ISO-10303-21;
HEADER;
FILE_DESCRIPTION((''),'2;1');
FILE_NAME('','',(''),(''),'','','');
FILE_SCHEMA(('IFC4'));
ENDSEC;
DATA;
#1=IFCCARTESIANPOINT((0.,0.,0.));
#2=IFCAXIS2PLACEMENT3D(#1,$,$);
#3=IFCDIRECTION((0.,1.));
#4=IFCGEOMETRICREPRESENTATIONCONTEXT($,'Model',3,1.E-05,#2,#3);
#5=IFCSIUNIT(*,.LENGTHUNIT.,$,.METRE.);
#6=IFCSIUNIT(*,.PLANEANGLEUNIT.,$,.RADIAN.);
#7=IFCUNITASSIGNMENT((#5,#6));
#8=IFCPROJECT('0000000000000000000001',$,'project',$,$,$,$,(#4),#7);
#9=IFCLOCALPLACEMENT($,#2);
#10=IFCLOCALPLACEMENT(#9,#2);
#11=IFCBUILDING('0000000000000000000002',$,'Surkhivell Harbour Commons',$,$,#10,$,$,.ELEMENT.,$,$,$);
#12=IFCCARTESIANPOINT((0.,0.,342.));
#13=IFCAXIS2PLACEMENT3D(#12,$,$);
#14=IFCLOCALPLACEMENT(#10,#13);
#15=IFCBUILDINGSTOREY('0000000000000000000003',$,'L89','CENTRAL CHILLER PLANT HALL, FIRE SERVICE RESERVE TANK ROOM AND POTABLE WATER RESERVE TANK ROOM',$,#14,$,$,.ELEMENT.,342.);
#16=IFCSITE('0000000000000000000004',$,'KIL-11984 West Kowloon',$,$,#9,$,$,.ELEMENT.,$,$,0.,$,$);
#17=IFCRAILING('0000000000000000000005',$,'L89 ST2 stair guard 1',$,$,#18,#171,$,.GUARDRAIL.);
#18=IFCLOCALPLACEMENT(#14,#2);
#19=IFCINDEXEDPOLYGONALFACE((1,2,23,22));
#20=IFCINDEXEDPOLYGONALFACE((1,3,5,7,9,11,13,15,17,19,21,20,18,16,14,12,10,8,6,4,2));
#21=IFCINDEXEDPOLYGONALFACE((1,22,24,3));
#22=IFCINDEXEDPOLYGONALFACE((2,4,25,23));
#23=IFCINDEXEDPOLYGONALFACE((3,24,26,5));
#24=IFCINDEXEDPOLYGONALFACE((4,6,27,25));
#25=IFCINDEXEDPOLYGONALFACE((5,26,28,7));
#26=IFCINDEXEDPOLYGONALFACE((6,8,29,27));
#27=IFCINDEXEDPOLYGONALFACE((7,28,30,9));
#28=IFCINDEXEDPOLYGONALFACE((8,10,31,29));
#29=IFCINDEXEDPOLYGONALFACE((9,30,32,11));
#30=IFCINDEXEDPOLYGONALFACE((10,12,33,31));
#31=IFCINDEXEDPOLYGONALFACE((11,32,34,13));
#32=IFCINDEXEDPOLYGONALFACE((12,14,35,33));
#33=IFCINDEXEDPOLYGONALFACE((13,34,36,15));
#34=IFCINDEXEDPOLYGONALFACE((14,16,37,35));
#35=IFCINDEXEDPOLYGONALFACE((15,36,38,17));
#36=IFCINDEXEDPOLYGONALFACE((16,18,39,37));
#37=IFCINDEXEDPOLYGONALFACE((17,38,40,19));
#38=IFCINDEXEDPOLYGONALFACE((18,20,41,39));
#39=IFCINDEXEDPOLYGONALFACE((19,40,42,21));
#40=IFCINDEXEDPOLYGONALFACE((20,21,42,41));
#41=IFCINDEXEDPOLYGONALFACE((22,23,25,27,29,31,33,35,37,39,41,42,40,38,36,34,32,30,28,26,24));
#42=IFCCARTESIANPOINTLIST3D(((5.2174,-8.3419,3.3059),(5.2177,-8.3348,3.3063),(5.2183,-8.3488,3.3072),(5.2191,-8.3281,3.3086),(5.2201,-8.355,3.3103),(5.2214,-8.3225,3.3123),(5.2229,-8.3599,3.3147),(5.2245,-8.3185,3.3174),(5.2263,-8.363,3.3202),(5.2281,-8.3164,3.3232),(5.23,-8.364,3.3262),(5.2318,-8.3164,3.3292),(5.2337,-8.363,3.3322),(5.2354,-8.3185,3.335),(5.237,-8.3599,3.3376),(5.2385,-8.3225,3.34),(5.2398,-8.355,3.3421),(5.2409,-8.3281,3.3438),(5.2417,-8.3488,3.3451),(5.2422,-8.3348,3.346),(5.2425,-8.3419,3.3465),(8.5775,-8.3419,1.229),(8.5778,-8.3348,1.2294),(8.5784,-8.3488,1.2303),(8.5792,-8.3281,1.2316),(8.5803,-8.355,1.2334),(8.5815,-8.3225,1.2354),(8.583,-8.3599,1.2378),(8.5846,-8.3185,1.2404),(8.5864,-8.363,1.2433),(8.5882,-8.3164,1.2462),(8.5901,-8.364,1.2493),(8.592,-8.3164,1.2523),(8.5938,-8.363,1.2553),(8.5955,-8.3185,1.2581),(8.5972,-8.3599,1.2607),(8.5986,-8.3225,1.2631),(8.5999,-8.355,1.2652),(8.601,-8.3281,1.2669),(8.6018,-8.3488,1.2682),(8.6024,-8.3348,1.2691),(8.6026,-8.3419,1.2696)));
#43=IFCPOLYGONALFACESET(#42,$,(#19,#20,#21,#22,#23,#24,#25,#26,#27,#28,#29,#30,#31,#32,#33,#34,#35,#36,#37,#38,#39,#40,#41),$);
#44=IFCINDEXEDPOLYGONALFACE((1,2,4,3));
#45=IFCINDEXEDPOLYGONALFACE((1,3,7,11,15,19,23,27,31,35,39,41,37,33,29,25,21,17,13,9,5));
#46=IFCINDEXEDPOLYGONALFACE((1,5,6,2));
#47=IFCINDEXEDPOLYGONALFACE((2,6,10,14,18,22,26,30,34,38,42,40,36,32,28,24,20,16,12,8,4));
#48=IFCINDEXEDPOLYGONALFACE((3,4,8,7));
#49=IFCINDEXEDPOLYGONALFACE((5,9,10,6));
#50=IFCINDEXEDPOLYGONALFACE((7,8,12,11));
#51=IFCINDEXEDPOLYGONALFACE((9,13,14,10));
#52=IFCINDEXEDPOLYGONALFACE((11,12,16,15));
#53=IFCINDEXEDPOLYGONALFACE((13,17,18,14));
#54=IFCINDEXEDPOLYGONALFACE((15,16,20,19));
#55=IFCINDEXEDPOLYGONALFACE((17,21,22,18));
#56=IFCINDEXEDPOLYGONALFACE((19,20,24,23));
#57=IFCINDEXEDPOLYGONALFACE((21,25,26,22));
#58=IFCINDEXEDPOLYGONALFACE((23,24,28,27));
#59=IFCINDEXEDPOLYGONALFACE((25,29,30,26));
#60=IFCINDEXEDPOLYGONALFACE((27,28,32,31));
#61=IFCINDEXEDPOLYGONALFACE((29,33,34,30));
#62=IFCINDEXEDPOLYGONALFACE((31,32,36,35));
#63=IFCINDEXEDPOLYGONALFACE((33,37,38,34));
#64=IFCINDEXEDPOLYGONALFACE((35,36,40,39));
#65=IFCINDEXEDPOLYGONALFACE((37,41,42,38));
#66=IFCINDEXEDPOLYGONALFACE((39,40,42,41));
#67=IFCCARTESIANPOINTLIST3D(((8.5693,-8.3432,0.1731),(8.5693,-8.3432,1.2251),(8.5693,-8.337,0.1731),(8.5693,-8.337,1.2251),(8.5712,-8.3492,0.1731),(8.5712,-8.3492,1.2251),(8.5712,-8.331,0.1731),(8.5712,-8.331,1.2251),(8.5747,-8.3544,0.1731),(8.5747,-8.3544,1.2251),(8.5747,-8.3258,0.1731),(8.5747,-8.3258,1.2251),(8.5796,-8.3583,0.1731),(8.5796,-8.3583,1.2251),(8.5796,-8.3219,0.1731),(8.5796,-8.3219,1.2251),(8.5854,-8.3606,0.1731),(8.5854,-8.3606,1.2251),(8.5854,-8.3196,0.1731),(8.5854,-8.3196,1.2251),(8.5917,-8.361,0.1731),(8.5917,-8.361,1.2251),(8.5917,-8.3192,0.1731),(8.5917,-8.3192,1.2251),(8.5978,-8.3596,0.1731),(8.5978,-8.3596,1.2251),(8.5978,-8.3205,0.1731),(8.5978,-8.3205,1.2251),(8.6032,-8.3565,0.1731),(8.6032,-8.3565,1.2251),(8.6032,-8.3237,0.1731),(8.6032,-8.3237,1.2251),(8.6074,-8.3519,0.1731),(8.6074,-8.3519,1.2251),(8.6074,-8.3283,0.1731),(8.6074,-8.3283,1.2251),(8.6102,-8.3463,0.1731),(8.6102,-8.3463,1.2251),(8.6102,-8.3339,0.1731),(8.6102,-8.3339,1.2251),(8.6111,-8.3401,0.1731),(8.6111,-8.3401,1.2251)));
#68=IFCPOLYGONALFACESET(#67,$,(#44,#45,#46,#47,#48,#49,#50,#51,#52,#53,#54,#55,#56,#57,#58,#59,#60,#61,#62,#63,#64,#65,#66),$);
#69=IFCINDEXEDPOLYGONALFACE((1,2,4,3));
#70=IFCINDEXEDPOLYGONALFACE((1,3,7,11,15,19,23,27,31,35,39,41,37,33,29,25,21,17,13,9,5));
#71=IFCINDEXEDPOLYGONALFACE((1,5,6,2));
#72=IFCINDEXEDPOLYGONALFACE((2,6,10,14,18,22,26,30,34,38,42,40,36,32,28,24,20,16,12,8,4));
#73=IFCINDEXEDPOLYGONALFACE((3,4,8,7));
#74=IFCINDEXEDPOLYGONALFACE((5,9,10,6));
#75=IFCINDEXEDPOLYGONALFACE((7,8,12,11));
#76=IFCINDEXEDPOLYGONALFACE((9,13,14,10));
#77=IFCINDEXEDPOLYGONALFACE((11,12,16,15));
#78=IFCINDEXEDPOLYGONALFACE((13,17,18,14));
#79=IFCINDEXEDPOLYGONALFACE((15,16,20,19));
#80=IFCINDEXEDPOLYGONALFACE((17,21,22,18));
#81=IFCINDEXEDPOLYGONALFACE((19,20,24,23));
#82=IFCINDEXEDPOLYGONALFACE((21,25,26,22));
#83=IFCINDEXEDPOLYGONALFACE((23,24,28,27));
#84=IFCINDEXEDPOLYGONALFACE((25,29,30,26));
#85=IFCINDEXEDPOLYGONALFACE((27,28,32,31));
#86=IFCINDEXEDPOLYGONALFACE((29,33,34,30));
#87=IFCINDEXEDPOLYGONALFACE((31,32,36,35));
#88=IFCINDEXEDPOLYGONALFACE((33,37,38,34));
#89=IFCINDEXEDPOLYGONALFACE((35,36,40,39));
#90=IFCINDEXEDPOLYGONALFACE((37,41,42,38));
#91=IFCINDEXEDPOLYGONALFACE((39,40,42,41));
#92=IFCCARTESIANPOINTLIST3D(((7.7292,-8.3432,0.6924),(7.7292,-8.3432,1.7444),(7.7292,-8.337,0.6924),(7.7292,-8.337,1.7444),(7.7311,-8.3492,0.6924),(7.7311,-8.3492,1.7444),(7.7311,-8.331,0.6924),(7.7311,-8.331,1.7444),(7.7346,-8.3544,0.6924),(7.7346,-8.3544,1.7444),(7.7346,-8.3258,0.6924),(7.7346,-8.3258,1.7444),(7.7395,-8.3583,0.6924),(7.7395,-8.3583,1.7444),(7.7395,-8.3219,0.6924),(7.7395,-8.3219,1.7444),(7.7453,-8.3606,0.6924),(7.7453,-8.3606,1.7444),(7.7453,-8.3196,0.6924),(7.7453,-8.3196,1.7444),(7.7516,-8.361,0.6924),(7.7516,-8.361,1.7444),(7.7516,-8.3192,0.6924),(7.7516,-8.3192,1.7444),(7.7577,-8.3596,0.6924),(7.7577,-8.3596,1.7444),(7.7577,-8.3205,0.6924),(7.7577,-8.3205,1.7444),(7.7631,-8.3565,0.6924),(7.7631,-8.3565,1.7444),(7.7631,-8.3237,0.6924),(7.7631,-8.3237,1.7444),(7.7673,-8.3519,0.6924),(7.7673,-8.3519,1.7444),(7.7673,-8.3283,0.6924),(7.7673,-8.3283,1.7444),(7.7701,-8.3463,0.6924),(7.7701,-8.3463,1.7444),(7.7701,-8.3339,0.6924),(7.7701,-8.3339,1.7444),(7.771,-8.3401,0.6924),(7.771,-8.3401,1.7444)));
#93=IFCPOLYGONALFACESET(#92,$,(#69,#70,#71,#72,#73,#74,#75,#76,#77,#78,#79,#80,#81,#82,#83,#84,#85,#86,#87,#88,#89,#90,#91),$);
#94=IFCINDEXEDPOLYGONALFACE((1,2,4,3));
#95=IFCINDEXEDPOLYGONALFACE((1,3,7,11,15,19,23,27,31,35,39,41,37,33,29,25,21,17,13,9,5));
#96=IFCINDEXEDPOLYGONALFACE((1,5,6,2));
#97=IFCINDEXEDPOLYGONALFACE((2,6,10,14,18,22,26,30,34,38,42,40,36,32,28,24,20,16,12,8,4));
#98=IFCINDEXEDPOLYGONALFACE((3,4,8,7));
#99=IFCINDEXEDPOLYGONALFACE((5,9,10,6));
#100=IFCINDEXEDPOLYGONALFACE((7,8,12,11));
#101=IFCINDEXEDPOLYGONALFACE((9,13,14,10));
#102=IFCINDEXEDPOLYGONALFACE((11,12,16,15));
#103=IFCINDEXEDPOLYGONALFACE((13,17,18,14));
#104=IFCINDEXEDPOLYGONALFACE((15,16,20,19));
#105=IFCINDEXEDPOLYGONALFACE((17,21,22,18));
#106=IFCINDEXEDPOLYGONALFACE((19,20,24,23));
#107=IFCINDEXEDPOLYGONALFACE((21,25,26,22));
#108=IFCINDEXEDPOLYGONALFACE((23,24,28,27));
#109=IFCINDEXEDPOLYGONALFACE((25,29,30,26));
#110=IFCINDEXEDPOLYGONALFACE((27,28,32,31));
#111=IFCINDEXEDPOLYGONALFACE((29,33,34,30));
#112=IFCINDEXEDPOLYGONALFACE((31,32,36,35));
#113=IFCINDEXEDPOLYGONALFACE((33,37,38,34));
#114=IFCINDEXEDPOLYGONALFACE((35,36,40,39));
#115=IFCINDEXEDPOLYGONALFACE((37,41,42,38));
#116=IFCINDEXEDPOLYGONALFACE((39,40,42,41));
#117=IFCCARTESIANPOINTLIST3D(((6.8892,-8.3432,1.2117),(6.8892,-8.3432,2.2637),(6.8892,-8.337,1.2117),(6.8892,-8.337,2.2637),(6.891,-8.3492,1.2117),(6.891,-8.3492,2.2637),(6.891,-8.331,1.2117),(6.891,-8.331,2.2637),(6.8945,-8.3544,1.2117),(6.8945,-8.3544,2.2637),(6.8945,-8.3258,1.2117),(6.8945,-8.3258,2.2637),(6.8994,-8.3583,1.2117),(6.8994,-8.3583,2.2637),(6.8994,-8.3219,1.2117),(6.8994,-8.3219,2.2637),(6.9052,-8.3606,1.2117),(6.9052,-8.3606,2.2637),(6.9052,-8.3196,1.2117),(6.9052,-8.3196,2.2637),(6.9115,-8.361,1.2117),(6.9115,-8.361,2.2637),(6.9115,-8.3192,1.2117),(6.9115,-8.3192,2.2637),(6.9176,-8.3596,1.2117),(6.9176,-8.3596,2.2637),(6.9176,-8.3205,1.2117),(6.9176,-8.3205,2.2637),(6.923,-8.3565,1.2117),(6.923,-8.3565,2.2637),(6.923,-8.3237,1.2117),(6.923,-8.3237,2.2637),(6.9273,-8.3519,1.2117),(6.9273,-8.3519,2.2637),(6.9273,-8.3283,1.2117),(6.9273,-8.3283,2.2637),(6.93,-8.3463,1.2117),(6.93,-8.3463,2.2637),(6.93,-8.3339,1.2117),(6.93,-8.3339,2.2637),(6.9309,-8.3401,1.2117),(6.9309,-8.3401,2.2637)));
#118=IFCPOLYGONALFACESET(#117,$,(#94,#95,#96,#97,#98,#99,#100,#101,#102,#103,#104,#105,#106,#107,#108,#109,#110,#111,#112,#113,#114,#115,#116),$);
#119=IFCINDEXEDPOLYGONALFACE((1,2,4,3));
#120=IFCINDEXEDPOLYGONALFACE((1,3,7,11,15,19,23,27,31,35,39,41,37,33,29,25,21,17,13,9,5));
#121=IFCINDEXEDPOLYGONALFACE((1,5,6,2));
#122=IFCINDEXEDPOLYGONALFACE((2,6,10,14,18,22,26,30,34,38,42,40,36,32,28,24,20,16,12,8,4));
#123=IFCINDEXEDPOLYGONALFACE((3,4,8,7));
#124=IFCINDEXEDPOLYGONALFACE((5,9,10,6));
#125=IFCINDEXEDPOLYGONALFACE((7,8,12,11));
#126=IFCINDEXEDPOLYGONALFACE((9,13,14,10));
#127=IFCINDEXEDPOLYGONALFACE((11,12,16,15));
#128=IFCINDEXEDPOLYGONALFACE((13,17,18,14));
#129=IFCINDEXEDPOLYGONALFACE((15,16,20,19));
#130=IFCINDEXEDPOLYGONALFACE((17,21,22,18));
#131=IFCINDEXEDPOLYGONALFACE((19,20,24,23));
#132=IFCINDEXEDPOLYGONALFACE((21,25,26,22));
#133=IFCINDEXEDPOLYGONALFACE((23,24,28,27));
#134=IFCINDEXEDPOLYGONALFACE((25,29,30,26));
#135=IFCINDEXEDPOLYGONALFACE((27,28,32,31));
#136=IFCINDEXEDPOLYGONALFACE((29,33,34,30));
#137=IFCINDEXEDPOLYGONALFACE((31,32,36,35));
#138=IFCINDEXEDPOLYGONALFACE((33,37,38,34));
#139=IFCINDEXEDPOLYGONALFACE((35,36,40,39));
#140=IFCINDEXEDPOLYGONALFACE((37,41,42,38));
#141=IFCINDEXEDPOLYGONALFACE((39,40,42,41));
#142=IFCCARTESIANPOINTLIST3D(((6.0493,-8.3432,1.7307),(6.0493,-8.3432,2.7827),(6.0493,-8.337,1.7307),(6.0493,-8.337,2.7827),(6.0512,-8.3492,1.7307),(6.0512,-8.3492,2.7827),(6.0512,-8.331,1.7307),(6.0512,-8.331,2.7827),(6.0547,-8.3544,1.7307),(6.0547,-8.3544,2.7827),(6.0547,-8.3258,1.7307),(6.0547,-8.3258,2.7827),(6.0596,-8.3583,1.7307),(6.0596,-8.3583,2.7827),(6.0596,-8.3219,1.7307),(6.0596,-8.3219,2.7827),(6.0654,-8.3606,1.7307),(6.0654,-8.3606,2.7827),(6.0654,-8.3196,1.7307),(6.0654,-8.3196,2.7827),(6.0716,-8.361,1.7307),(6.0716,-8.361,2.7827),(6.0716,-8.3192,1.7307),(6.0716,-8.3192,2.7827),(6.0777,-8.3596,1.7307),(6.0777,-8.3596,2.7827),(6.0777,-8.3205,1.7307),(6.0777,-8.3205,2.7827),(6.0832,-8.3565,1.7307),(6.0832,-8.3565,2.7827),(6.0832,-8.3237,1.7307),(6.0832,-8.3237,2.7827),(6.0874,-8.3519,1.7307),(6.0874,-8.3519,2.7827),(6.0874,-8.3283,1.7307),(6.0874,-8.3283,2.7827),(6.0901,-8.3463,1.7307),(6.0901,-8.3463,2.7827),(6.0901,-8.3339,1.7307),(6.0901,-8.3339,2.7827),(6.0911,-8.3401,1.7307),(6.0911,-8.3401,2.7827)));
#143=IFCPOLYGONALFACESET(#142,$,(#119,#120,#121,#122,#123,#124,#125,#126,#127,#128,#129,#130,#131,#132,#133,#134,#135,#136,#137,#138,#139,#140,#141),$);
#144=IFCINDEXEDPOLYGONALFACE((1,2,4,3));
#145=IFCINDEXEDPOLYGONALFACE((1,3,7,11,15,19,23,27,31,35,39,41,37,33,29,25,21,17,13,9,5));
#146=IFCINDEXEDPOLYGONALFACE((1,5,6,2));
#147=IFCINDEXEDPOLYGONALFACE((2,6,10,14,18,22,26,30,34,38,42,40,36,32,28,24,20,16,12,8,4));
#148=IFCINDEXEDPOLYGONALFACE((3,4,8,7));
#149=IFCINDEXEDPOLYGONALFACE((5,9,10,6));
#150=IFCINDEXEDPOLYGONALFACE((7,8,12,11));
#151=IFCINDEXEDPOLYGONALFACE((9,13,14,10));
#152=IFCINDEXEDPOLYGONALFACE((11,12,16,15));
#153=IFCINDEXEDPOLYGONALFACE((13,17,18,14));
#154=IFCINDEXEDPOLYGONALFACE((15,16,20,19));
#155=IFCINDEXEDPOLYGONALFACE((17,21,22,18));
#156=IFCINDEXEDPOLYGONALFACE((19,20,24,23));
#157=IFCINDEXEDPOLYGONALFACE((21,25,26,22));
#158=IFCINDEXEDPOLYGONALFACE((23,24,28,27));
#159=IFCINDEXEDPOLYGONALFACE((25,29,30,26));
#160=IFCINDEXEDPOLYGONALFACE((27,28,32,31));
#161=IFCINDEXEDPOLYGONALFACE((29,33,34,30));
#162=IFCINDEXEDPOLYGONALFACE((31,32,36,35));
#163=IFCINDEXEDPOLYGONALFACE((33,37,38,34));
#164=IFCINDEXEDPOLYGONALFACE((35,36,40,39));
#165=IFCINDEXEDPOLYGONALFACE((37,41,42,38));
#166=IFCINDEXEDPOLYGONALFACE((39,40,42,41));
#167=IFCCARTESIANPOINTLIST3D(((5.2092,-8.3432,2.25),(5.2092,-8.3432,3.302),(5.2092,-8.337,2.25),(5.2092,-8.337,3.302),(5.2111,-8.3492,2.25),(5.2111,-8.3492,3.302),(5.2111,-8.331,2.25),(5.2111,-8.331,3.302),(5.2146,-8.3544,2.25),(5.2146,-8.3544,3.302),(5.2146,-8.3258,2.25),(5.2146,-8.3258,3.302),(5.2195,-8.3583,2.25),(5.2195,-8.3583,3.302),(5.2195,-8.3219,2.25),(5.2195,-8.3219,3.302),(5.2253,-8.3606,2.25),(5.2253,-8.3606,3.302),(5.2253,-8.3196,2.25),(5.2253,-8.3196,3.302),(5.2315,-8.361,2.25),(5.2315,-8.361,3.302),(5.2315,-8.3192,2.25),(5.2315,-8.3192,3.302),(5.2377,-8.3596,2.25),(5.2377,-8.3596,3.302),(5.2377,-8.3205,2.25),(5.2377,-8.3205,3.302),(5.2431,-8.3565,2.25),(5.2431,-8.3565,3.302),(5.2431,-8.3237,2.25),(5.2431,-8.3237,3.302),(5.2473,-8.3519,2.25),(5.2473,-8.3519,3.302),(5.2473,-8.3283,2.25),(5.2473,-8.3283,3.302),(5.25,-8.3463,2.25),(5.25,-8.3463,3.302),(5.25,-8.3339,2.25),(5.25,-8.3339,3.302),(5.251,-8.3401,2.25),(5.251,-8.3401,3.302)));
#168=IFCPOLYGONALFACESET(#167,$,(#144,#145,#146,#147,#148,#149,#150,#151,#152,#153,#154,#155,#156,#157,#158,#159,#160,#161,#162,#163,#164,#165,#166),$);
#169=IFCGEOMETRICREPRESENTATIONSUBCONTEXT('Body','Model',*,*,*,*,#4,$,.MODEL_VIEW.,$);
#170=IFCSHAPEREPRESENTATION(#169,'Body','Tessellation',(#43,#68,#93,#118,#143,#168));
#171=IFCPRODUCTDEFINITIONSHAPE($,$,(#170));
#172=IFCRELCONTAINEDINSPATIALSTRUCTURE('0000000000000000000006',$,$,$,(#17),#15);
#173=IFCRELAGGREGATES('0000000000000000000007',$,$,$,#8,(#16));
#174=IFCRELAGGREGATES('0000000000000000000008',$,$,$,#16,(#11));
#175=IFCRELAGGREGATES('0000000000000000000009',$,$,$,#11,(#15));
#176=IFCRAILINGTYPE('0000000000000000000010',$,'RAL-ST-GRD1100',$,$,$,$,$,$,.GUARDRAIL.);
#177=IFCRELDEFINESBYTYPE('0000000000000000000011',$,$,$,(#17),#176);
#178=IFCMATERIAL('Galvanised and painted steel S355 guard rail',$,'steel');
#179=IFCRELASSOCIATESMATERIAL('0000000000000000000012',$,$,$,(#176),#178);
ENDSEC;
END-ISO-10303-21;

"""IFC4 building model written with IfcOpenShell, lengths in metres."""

from ifc_helpers import new_model, si_unit, direction, frame, origin, origin_2d, place, context, subcontext, project, spatial, circle, extrude, material, type_object, element, save


model = new_model("IFC4")

# Units and contexts
model_context = context("Model", 3, precision=1e-05, world=origin(), true_north=direction((0.0, 1.0)))
body_context = subcontext(model_context, "Body", "Model", "MODEL_VIEW")
ifc_project = project(units=[si_unit("LENGTHUNIT", "METRE"), si_unit("PLANEANGLEUNIT", "RADIAN")], contexts=[model_context])

# Site, building, storey
site_placement = place(None, origin())
site = spatial("IfcSite", under=ifc_project, at=site_placement, Name="KIL-11984 West Kowloon", CompositionType="ELEMENT", RefElevation=0.0)
building_placement = place(site_placement, origin())
building = spatial("IfcBuilding", under=site, at=building_placement, Name="Surkhivell Harbour Commons", CompositionType="ELEMENT")
storey_placement = place(building_placement, frame((0.0, 0.0, 342.0)))
storey = spatial("IfcBuildingStorey", under=building, at=storey_placement, Name="L89", Description="CENTRAL CHILLER PLANT HALL, FIRE SERVICE RESERVE TANK ROOM AND POTABLE WATER RESERVE TANK ROOM", CompositionType="ELEMENT", Elevation=342.0)

# Railing
ifc_material_1 = material(Name="Galvanised and painted steel S355 guard rail", Category="steel")
railing_type_1 = type_object("IfcRailingType", Name="RAL-ST-GRD1100", PredefinedType="GUARDRAIL", material=ifc_material_1)
railing_1_placement = place(storey_placement, frame((8.5901, -8.3401, 0.1731)))
element("IfcRailing", 1, at=railing_1_placement, inside=storey, type_object=railing_type_1, Name="L89 ST2 stair guard 1", PredefinedType="GUARDRAIL", context=body_context, shape_type="SweptSolid", body=[
    extrude(circle(Radius=0.0239, at=origin_2d()), frame((0.0, 0.0, 1.0762), z_axis=(-0.850623, 0.0, 0.525776), x_axis=(0.0, -1.0, 0.0)), (0.0, 0.0, 1.0), 3.9502),
    extrude(circle(Radius=0.021, at=origin_2d()), origin(), (0.0, 0.0, 1.0), 1.052),
    extrude(circle(Radius=0.021, at=origin_2d()), frame((-0.8401, 0.0, 0.5193)), (0.0, 0.0, 1.0), 1.052),
    extrude(circle(Radius=0.021, at=origin_2d()), frame((-1.6802, 0.0, 1.0386)), (0.0, 0.0, 1.0), 1.052),
    extrude(circle(Radius=0.021, at=origin_2d()), frame((-2.52, 0.0, 1.5576)), (0.0, 0.0, 1.0), 1.052),
    extrude(circle(Radius=0.021, at=origin_2d()), frame((-3.3601, 0.0, 2.0769)), (0.0, 0.0, 1.0), 1.052),
])

save(model, "model.ifc")
